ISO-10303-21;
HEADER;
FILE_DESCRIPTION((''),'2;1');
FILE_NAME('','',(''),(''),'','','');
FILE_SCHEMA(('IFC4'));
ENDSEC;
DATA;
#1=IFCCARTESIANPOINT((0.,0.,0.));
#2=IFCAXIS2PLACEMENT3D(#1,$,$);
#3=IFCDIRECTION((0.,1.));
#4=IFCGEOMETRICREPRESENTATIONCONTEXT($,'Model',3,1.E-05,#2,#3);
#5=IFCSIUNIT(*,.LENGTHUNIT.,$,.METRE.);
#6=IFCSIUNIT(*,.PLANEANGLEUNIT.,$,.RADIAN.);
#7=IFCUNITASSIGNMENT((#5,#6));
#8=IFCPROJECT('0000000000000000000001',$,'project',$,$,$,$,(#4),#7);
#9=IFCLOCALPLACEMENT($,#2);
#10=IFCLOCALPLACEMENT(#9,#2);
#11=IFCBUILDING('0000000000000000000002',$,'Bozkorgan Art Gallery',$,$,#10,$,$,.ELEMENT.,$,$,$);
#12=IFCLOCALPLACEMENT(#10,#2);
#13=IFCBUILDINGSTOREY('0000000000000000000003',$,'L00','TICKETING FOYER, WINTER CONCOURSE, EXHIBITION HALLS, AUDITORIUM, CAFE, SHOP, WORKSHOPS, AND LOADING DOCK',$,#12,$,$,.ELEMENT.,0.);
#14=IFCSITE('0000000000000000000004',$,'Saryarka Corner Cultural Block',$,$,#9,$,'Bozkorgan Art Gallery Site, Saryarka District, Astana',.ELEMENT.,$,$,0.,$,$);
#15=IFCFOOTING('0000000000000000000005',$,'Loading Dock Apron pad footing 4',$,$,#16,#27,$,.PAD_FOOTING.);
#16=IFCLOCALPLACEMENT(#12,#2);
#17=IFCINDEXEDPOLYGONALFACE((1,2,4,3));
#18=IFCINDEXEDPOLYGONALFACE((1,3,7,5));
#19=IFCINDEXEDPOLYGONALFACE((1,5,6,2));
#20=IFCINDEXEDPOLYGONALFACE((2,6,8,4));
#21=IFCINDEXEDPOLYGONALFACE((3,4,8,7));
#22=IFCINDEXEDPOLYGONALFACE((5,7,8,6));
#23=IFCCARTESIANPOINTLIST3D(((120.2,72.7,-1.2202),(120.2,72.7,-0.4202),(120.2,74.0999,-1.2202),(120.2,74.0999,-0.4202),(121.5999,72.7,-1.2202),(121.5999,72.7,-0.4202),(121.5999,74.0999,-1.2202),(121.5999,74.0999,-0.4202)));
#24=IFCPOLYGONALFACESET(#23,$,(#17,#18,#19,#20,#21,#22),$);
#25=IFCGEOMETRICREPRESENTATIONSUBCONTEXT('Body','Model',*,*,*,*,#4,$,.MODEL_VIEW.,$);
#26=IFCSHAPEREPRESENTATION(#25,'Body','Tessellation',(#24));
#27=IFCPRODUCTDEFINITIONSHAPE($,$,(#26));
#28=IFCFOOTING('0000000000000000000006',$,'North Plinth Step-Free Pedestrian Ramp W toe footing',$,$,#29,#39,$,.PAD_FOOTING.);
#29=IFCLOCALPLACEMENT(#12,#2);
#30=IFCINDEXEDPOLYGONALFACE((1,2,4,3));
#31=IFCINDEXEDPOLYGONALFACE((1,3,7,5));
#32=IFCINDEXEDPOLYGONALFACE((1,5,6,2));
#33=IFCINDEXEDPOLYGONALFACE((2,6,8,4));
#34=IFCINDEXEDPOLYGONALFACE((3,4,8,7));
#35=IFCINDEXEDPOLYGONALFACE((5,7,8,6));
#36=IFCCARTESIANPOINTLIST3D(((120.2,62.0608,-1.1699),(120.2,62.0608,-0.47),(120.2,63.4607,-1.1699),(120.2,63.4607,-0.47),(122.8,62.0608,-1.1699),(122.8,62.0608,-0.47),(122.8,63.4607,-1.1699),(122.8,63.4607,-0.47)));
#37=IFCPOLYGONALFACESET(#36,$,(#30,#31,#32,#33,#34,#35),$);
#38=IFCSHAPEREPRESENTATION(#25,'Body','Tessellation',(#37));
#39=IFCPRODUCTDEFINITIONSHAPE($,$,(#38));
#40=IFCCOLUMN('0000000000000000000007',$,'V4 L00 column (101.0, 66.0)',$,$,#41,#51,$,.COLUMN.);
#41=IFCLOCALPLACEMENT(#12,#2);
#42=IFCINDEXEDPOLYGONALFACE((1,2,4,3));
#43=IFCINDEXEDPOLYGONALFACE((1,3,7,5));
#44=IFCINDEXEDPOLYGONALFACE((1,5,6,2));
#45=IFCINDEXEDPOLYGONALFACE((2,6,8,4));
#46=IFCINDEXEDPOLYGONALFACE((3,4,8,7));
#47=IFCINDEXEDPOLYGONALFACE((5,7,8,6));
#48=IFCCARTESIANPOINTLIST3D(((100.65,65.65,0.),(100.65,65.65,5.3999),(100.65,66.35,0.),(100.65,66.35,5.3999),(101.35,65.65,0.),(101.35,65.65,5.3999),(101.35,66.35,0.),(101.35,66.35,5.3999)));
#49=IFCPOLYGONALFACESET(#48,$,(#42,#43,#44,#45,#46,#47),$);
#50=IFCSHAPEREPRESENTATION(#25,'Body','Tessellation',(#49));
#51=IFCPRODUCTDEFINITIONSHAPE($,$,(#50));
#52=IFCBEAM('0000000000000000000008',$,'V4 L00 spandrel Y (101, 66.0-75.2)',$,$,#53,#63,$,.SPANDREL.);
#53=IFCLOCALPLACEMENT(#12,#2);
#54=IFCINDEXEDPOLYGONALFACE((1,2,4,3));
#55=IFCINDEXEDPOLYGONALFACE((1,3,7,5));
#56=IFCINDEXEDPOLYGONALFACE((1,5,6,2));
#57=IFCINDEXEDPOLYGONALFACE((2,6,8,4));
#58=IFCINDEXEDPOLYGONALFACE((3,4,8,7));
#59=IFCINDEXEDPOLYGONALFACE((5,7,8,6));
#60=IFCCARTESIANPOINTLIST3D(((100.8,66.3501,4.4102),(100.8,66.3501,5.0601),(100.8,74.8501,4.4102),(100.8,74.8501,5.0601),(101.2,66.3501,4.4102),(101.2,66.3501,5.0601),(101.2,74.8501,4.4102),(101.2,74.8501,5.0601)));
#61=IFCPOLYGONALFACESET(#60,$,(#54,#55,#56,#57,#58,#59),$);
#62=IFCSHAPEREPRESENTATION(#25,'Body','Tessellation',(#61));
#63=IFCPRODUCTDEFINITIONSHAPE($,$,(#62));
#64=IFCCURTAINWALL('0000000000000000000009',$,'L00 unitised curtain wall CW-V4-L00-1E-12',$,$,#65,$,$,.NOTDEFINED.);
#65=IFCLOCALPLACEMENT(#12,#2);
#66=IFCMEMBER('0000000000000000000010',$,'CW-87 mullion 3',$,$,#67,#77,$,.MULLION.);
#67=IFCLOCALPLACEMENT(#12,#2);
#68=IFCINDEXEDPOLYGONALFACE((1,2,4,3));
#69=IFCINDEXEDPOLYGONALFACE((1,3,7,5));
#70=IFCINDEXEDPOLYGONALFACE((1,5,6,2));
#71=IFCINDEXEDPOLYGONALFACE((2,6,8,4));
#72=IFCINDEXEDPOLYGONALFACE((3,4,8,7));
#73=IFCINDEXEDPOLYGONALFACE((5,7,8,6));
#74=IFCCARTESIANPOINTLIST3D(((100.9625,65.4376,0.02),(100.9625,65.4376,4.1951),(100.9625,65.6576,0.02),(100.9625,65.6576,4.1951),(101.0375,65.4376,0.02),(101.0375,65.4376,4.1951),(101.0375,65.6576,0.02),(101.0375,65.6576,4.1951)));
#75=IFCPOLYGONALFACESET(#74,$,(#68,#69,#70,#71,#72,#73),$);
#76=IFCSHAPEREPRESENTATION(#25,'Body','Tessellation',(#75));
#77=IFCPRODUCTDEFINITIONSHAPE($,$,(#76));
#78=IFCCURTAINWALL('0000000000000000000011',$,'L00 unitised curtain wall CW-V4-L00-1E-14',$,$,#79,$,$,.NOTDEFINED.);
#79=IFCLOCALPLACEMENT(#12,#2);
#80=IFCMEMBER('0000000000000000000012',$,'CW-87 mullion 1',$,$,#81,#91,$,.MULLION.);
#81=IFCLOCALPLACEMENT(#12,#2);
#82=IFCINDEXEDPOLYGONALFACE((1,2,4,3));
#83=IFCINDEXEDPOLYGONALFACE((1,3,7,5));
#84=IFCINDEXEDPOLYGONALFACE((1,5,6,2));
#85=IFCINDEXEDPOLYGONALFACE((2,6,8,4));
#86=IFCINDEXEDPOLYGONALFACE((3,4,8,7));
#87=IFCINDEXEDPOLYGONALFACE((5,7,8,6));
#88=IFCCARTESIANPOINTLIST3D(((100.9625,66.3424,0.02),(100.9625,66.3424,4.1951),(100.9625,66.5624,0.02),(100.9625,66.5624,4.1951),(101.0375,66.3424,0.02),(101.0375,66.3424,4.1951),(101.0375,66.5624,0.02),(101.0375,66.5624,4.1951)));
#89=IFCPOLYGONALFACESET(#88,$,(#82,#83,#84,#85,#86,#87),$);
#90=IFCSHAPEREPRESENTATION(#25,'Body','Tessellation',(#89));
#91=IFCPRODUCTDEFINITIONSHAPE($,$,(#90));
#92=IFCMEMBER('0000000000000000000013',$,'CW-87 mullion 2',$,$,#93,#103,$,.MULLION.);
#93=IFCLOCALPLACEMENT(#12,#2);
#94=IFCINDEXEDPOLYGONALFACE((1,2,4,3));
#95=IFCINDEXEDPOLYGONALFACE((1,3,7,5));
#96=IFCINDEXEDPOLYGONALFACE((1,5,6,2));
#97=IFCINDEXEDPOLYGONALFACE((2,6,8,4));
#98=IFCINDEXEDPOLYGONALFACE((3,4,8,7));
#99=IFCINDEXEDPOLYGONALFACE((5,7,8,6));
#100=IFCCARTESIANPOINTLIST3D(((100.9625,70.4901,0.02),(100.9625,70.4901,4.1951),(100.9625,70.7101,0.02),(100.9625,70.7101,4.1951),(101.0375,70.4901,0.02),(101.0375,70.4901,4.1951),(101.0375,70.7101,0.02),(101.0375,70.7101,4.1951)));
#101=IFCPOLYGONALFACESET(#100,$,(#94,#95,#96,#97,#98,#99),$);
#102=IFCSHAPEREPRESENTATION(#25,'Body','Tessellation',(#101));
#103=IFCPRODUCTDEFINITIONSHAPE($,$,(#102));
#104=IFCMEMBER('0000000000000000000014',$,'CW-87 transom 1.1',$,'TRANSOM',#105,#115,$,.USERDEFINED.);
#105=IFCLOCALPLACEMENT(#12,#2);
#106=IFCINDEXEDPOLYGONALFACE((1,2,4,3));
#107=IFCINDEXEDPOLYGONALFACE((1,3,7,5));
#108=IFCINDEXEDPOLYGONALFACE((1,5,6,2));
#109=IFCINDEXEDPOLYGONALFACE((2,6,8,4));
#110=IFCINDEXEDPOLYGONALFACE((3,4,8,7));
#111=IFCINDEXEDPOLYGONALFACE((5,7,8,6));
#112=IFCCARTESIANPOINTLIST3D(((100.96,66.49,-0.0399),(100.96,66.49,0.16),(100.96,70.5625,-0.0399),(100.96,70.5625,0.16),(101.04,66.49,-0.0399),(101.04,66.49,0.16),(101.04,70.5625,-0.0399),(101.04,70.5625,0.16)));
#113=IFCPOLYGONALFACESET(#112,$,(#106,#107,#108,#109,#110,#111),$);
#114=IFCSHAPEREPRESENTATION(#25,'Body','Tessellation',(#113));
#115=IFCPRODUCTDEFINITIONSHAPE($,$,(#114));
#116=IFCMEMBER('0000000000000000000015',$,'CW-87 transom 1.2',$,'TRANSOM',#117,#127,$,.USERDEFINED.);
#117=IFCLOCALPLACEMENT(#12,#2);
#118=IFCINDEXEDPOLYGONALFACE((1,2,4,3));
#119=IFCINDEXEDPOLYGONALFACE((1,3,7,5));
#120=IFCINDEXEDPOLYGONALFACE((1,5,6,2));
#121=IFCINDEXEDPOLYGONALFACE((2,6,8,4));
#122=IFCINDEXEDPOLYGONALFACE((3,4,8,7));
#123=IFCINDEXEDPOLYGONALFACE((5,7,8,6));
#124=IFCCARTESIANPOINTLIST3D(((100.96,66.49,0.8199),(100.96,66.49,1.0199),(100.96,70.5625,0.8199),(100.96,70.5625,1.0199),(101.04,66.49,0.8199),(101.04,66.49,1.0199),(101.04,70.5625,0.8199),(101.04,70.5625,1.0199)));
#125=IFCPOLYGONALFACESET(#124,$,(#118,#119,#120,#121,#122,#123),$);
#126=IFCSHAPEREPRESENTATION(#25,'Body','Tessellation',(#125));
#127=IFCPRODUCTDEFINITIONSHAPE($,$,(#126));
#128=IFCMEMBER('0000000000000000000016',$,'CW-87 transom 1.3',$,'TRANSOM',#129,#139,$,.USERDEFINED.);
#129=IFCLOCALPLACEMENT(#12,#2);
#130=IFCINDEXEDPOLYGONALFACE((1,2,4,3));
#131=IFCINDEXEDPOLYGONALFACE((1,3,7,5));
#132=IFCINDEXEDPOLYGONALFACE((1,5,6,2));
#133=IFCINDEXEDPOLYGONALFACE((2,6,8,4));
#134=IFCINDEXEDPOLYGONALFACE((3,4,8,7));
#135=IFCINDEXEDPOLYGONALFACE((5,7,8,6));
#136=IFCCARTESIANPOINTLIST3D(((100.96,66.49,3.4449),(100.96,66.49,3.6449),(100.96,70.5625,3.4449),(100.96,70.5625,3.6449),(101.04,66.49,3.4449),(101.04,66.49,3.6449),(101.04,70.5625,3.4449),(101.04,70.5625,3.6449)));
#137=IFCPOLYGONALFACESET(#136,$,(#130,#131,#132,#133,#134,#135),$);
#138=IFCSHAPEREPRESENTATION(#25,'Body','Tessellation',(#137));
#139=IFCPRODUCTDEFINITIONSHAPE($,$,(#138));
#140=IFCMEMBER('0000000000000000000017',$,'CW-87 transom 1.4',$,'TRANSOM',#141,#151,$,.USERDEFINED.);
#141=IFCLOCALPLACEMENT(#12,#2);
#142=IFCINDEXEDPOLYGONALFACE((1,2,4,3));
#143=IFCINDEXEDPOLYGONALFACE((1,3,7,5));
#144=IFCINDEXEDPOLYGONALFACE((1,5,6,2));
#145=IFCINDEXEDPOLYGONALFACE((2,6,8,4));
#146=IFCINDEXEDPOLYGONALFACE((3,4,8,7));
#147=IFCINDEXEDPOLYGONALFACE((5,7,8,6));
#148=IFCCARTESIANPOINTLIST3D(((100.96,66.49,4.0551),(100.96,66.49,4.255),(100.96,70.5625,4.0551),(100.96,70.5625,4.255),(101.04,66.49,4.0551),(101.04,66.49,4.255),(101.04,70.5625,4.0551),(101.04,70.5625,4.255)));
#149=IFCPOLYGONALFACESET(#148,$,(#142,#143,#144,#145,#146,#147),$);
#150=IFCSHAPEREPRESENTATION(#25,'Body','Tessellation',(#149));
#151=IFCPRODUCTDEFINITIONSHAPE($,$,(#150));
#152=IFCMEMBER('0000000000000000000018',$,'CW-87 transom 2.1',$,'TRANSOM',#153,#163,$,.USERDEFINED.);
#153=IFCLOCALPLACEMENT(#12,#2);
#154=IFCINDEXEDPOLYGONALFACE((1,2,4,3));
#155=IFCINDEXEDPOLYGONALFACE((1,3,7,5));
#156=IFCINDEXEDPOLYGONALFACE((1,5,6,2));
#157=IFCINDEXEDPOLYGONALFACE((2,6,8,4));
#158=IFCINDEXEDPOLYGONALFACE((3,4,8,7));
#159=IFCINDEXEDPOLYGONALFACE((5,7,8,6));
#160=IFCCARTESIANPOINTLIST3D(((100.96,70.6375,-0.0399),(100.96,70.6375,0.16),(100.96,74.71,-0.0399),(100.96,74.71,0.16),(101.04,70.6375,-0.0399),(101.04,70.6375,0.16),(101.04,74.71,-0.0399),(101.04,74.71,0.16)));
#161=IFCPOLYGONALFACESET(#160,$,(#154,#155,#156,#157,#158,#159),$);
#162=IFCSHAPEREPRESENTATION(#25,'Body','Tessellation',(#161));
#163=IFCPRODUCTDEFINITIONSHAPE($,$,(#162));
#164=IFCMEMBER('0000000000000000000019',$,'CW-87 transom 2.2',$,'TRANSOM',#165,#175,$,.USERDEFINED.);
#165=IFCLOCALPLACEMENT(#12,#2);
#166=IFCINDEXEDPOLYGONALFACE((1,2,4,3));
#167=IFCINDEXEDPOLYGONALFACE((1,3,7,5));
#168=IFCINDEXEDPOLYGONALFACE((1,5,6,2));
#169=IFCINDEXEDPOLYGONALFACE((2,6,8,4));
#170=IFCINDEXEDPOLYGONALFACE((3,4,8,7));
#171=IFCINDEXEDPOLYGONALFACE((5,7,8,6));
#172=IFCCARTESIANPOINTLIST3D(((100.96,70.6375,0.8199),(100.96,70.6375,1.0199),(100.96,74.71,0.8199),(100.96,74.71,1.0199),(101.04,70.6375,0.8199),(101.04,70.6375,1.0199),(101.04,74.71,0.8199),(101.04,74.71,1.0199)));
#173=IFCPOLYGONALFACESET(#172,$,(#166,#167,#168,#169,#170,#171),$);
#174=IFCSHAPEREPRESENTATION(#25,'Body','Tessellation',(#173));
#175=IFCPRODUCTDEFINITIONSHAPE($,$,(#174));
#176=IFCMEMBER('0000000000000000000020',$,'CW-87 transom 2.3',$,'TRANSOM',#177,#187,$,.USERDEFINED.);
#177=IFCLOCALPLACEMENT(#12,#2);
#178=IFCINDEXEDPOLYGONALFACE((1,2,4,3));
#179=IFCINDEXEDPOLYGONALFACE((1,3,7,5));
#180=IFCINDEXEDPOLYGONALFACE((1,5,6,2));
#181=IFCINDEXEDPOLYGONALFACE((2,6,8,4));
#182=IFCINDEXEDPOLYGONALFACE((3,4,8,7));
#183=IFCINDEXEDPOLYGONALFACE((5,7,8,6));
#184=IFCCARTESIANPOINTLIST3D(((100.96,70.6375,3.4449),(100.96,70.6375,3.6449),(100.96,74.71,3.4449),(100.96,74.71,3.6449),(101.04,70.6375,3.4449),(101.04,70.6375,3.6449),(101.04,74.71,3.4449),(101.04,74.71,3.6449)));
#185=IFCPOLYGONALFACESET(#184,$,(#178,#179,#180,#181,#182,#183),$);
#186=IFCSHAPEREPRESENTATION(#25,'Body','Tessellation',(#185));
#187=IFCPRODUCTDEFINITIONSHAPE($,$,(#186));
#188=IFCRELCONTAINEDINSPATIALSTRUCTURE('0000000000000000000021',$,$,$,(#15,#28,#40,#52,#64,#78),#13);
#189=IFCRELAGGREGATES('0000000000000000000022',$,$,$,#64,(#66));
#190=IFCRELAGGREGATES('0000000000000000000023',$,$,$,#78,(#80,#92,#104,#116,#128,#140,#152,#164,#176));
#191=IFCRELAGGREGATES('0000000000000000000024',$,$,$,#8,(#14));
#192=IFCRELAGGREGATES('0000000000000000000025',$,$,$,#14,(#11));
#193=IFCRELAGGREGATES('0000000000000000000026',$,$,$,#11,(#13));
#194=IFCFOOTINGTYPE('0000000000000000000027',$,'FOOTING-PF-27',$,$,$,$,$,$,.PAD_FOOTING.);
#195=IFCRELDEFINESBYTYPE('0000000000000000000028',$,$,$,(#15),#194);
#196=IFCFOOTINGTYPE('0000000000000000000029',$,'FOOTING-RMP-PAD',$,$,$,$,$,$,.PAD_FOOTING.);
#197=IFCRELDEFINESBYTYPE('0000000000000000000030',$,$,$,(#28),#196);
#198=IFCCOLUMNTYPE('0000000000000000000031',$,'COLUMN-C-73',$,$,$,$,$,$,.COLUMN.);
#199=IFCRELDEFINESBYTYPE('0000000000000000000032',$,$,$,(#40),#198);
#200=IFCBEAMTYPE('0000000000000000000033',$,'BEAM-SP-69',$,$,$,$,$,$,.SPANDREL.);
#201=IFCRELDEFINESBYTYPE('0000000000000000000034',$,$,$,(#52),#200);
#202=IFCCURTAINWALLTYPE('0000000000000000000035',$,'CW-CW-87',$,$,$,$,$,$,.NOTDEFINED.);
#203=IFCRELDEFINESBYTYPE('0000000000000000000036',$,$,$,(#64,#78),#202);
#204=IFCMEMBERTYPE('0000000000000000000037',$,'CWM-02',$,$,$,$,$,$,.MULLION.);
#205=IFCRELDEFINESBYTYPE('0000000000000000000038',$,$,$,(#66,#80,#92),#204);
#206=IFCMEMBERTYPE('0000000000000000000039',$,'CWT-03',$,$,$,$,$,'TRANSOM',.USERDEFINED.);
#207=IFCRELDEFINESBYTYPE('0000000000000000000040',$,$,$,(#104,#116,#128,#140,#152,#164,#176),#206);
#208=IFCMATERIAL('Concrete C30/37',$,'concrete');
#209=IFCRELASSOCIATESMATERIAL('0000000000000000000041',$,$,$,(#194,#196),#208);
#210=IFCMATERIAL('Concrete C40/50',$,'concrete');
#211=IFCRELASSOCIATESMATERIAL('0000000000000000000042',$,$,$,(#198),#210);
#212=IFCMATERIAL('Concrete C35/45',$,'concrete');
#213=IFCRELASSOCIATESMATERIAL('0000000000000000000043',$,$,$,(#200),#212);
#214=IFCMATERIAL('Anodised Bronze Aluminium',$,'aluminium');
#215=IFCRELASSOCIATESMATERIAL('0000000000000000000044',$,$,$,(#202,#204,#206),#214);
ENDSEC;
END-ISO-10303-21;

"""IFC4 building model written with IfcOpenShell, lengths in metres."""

from ifc_helpers import new_model, si_unit, direction, frame, origin, origin_2d, place, context, subcontext, project, spatial, rectangle, extrude, material, material_profile, profile_set, type_object, element, aggregate, save


model = new_model("IFC4")

# Units and contexts
model_context = context("Model", 3, precision=1e-05, world=origin(), true_north=direction((0.0, 1.0)))
body_context = subcontext(model_context, "Body", "Model", "MODEL_VIEW")
ifc_project = project(units=[si_unit("LENGTHUNIT", "METRE"), si_unit("PLANEANGLEUNIT", "RADIAN")], contexts=[model_context])

# Site, building, storey
site_placement = place(None, origin())
site = spatial("IfcSite", under=ifc_project, at=site_placement, Name="Saryarka Corner Cultural Block", LongName="Bozkorgan Art Gallery Site, Saryarka District, Astana", CompositionType="ELEMENT", RefElevation=0.0)
building_placement = place(site_placement, origin())
building = spatial("IfcBuilding", under=site, at=building_placement, Name="Bozkorgan Art Gallery", CompositionType="ELEMENT")
storey_placement = place(building_placement, origin())
storey = spatial("IfcBuildingStorey", under=building, at=storey_placement, Name="L00", Description="TICKETING FOYER, WINTER CONCOURSE, EXHIBITION HALLS, AUDITORIUM, CAFE, SHOP, WORKSHOPS, AND LOADING DOCK", CompositionType="ELEMENT", Elevation=0.0)

# Footings
ifc_material_1 = material(Name="Concrete C30/37", Category="concrete")
footing_type_1 = type_object("IfcFootingType", Name="FOOTING-PF-27", PredefinedType="PAD_FOOTING", material=ifc_material_1)
footing_1_placement = place(storey_placement, frame((120.8999, 73.3999, -1.2202), z_axis=(0.0, 0.0, 1.0), x_axis=(1.0, 0.0, 0.0)))
element("IfcFooting", 1, at=footing_1_placement, inside=storey, type_object=footing_type_1, Name="Loading Dock Apron pad footing 4", PredefinedType="PAD_FOOTING", context=body_context, shape_type="SweptSolid", body=[
    extrude(rectangle(XDim=1.3999, YDim=1.3999, at=origin_2d()), origin(), (0.0, 0.0, 1.0), 0.8),
])
footing_type_2 = type_object("IfcFootingType", Name="FOOTING-RMP-PAD", PredefinedType="PAD_FOOTING", material=ifc_material_1)
footing_2_placement = place(storey_placement, frame((121.5, 62.7607, -1.1699), z_axis=(0.0, 0.0, 1.0), x_axis=(0.0, 1.0, 0.0)))
element("IfcFooting", 2, at=footing_2_placement, inside=storey, type_object=footing_type_2, Name="North Plinth Step-Free Pedestrian Ramp W toe footing", PredefinedType="PAD_FOOTING", context=body_context, shape_type="SweptSolid", body=[
    extrude(rectangle(XDim=1.3999, YDim=2.6001, at=origin_2d()), origin(), (0.0, 0.0, 1.0), 0.7),
])

# Column
ifc_material_2 = material(Name="Concrete C40/50", Category="concrete")
ifc_material_profile_1 = material_profile(ifc_material_2, rectangle(XDim=0.7, YDim=0.7, at=origin_2d()), Name="RC 700x700")
ifc_profile_set_1 = profile_set([ifc_material_profile_1], Name="Concrete C40/50")
column_type = type_object("IfcColumnType", Name="COLUMN-C-73", PredefinedType="COLUMN", material=ifc_profile_set_1)
column_placement = place(storey_placement, frame((101.0, 66.0, 0.0), z_axis=(0.0, 0.0, 1.0), x_axis=(1.0, 0.0, 0.0)))
element("IfcColumn", 3, at=column_placement, inside=storey, type_object=column_type, Name="V4 L00 column (101.0, 66.0)", PredefinedType="COLUMN", context=body_context, shape_type="SweptSolid", body=[
    extrude(rectangle(XDim=0.7, YDim=0.7, at=origin_2d()), origin(), (0.0, 0.0, 1.0), 5.3999),
])

# Beam
ifc_material_3 = material(Name="Concrete C35/45", Category="concrete")
ifc_material_profile_2 = material_profile(ifc_material_3, rectangle(XDim=0.3999, YDim=0.6499, at=origin_2d()), Name="RC 400x650")
ifc_profile_set_2 = profile_set([ifc_material_profile_2], Name="Concrete C35/45")
beam_type = type_object("IfcBeamType", Name="BEAM-SP-69", PredefinedType="SPANDREL", material=ifc_profile_set_2)
beam_placement = place(storey_placement, frame((101.0, 66.3501, 4.7351), z_axis=(0.0, 1.0, 0.0), x_axis=(-1.0, 0.0, 0.0)))
element("IfcBeam", 4, at=beam_placement, inside=storey, type_object=beam_type, Name="V4 L00 spandrel Y (101, 66.0-75.2)", PredefinedType="SPANDREL", context=body_context, shape_type="SweptSolid", body=[
    extrude(rectangle(XDim=0.3999, YDim=0.6499, at=origin_2d()), origin(), (0.0, 0.0, 1.0), 8.5),
])

# Curtain wall, member
ifc_material_4 = material(Name="Anodised Bronze Aluminium", Category="aluminium")
curtain_wall_type = type_object("IfcCurtainWallType", Name="CW-CW-87", PredefinedType="NOTDEFINED", material=ifc_material_4)
curtain_wall_1_placement = place(storey_placement, origin())
curtain_wall_1 = element("IfcCurtainWall", 5, at=curtain_wall_1_placement, inside=storey, type_object=curtain_wall_type, Name="L00 unitised curtain wall CW-V4-L00-1E-12", PredefinedType="NOTDEFINED")
ifc_material_profile_3 = material_profile(ifc_material_4, rectangle(XDim=0.075, YDim=0.22, at=origin_2d()), Name="ALU MULLION 75x220")
ifc_profile_set_3 = profile_set([ifc_material_profile_3], Name="Anodised Bronze Aluminium")
member_type_1 = type_object("IfcMemberType", Name="CWM-02", PredefinedType="MULLION", material=ifc_profile_set_3)
member_1_placement = place(storey_placement, frame((101.0, 65.5476, 0.02), z_axis=(0.0, 0.0, 1.0), x_axis=(-1.0, 0.0, 0.0)))
member_1 = element("IfcMember", 6, at=member_1_placement, type_object=member_type_1, Name="CW-87 mullion 3", PredefinedType="MULLION", context=body_context, shape_type="SweptSolid", body=[
    extrude(rectangle(XDim=0.075, YDim=0.22, at=origin_2d()), origin(), (0.0, 0.0, 1.0), 4.175),
])

# Curtain wall, members
curtain_wall_2_placement = place(storey_placement, origin())
curtain_wall_2 = element("IfcCurtainWall", 7, at=curtain_wall_2_placement, inside=storey, type_object=curtain_wall_type, Name="L00 unitised curtain wall CW-V4-L00-1E-14", PredefinedType="NOTDEFINED")
member_2_placement = place(storey_placement, frame((101.0, 66.4524, 0.02), z_axis=(0.0, 0.0, 1.0), x_axis=(-1.0, 0.0, 0.0)))
member_2 = element("IfcMember", 8, at=member_2_placement, type_object=member_type_1, Name="CW-87 mullion 1", PredefinedType="MULLION", context=body_context, shape_type="SweptSolid", body=[
    extrude(rectangle(XDim=0.075, YDim=0.22, at=origin_2d()), origin(), (0.0, 0.0, 1.0), 4.175),
])
member_3_placement = place(storey_placement, frame((101.0, 70.6001, 0.02), z_axis=(0.0, 0.0, 1.0), x_axis=(-1.0, 0.0, 0.0)))
member_3 = element("IfcMember", 9, at=member_3_placement, type_object=member_type_1, Name="CW-87 mullion 2", PredefinedType="MULLION", context=body_context, shape_type="SweptSolid", body=[
    extrude(rectangle(XDim=0.075, YDim=0.22, at=origin_2d()), origin(), (0.0, 0.0, 1.0), 4.175),
])
ifc_material_profile_4 = material_profile(ifc_material_4, rectangle(XDim=0.0801, YDim=0.2, at=origin_2d()), Name="ALU TRANSOM 80x200")
ifc_profile_set_4 = profile_set([ifc_material_profile_4], Name="Anodised Bronze Aluminium")
member_type_2 = type_object("IfcMemberType", Name="CWT-03", ElementType="TRANSOM", PredefinedType="USERDEFINED", material=ifc_profile_set_4)
member_4_placement = place(storey_placement, frame((101.0, 66.49, 0.0601), z_axis=(0.0, 1.0, 0.0), x_axis=(-1.0, 0.0, 0.0)))
member_4 = element("IfcMember", 10, at=member_4_placement, type_object=member_type_2, Name="CW-87 transom 1.1", ObjectType="TRANSOM", PredefinedType="USERDEFINED", context=body_context, shape_type="SweptSolid", body=[
    extrude(rectangle(XDim=0.0801, YDim=0.2, at=origin_2d()), origin(), (0.0, 0.0, 1.0), 4.0725),
])
member_5_placement = place(storey_placement, frame((101.0, 66.49, 0.9199), z_axis=(0.0, 1.0, 0.0), x_axis=(-1.0, 0.0, 0.0)))
member_5 = element("IfcMember", 11, at=member_5_placement, type_object=member_type_2, Name="CW-87 transom 1.2", ObjectType="TRANSOM", PredefinedType="USERDEFINED", context=body_context, shape_type="SweptSolid", body=[
    extrude(rectangle(XDim=0.0801, YDim=0.2, at=origin_2d()), origin(), (0.0, 0.0, 1.0), 4.0725),
])
member_6_placement = place(storey_placement, frame((101.0, 66.49, 3.5449), z_axis=(0.0, 1.0, 0.0), x_axis=(-1.0, 0.0, 0.0)))
member_6 = element("IfcMember", 12, at=member_6_placement, type_object=member_type_2, Name="CW-87 transom 1.3", ObjectType="TRANSOM", PredefinedType="USERDEFINED", context=body_context, shape_type="SweptSolid", body=[
    extrude(rectangle(XDim=0.0801, YDim=0.2, at=origin_2d()), origin(), (0.0, 0.0, 1.0), 4.0725),
])
member_7_placement = place(storey_placement, frame((101.0, 66.49, 4.155), z_axis=(0.0, 1.0, 0.0), x_axis=(-1.0, 0.0, 0.0)))
member_7 = element("IfcMember", 13, at=member_7_placement, type_object=member_type_2, Name="CW-87 transom 1.4", ObjectType="TRANSOM", PredefinedType="USERDEFINED", context=body_context, shape_type="SweptSolid", body=[
    extrude(rectangle(XDim=0.0801, YDim=0.2, at=origin_2d()), origin(), (0.0, 0.0, 1.0), 4.0725),
])
member_8_placement = place(storey_placement, frame((101.0, 70.6375, 0.0601), z_axis=(0.0, 1.0, 0.0), x_axis=(-1.0, 0.0, 0.0)))
member_8 = element("IfcMember", 14, at=member_8_placement, type_object=member_type_2, Name="CW-87 transom 2.1", ObjectType="TRANSOM", PredefinedType="USERDEFINED", context=body_context, shape_type="SweptSolid", body=[
    extrude(rectangle(XDim=0.0801, YDim=0.2, at=origin_2d()), origin(), (0.0, 0.0, 1.0), 4.0725),
])
member_9_placement = place(storey_placement, frame((101.0, 70.6375, 0.9199), z_axis=(0.0, 1.0, 0.0), x_axis=(-1.0, 0.0, 0.0)))
member_9 = element("IfcMember", 15, at=member_9_placement, type_object=member_type_2, Name="CW-87 transom 2.2", ObjectType="TRANSOM", PredefinedType="USERDEFINED", context=body_context, shape_type="SweptSolid", body=[
    extrude(rectangle(XDim=0.0801, YDim=0.2, at=origin_2d()), origin(), (0.0, 0.0, 1.0), 4.0725),
])
member_10_placement = place(storey_placement, frame((101.0, 70.6375, 3.5449), z_axis=(0.0, 1.0, 0.0), x_axis=(-1.0, 0.0, 0.0)))
member_10 = element("IfcMember", 16, at=member_10_placement, type_object=member_type_2, Name="CW-87 transom 2.3", ObjectType="TRANSOM", PredefinedType="USERDEFINED", context=body_context, shape_type="SweptSolid", body=[
    extrude(rectangle(XDim=0.0801, YDim=0.2, at=origin_2d()), origin(), (0.0, 0.0, 1.0), 4.0725),
])

aggregate(curtain_wall_1, [member_1])
aggregate(curtain_wall_2, [member_2, member_3, member_4, member_5, member_6, member_7, member_8, member_9, member_10])

save(model, "model.ifc")
